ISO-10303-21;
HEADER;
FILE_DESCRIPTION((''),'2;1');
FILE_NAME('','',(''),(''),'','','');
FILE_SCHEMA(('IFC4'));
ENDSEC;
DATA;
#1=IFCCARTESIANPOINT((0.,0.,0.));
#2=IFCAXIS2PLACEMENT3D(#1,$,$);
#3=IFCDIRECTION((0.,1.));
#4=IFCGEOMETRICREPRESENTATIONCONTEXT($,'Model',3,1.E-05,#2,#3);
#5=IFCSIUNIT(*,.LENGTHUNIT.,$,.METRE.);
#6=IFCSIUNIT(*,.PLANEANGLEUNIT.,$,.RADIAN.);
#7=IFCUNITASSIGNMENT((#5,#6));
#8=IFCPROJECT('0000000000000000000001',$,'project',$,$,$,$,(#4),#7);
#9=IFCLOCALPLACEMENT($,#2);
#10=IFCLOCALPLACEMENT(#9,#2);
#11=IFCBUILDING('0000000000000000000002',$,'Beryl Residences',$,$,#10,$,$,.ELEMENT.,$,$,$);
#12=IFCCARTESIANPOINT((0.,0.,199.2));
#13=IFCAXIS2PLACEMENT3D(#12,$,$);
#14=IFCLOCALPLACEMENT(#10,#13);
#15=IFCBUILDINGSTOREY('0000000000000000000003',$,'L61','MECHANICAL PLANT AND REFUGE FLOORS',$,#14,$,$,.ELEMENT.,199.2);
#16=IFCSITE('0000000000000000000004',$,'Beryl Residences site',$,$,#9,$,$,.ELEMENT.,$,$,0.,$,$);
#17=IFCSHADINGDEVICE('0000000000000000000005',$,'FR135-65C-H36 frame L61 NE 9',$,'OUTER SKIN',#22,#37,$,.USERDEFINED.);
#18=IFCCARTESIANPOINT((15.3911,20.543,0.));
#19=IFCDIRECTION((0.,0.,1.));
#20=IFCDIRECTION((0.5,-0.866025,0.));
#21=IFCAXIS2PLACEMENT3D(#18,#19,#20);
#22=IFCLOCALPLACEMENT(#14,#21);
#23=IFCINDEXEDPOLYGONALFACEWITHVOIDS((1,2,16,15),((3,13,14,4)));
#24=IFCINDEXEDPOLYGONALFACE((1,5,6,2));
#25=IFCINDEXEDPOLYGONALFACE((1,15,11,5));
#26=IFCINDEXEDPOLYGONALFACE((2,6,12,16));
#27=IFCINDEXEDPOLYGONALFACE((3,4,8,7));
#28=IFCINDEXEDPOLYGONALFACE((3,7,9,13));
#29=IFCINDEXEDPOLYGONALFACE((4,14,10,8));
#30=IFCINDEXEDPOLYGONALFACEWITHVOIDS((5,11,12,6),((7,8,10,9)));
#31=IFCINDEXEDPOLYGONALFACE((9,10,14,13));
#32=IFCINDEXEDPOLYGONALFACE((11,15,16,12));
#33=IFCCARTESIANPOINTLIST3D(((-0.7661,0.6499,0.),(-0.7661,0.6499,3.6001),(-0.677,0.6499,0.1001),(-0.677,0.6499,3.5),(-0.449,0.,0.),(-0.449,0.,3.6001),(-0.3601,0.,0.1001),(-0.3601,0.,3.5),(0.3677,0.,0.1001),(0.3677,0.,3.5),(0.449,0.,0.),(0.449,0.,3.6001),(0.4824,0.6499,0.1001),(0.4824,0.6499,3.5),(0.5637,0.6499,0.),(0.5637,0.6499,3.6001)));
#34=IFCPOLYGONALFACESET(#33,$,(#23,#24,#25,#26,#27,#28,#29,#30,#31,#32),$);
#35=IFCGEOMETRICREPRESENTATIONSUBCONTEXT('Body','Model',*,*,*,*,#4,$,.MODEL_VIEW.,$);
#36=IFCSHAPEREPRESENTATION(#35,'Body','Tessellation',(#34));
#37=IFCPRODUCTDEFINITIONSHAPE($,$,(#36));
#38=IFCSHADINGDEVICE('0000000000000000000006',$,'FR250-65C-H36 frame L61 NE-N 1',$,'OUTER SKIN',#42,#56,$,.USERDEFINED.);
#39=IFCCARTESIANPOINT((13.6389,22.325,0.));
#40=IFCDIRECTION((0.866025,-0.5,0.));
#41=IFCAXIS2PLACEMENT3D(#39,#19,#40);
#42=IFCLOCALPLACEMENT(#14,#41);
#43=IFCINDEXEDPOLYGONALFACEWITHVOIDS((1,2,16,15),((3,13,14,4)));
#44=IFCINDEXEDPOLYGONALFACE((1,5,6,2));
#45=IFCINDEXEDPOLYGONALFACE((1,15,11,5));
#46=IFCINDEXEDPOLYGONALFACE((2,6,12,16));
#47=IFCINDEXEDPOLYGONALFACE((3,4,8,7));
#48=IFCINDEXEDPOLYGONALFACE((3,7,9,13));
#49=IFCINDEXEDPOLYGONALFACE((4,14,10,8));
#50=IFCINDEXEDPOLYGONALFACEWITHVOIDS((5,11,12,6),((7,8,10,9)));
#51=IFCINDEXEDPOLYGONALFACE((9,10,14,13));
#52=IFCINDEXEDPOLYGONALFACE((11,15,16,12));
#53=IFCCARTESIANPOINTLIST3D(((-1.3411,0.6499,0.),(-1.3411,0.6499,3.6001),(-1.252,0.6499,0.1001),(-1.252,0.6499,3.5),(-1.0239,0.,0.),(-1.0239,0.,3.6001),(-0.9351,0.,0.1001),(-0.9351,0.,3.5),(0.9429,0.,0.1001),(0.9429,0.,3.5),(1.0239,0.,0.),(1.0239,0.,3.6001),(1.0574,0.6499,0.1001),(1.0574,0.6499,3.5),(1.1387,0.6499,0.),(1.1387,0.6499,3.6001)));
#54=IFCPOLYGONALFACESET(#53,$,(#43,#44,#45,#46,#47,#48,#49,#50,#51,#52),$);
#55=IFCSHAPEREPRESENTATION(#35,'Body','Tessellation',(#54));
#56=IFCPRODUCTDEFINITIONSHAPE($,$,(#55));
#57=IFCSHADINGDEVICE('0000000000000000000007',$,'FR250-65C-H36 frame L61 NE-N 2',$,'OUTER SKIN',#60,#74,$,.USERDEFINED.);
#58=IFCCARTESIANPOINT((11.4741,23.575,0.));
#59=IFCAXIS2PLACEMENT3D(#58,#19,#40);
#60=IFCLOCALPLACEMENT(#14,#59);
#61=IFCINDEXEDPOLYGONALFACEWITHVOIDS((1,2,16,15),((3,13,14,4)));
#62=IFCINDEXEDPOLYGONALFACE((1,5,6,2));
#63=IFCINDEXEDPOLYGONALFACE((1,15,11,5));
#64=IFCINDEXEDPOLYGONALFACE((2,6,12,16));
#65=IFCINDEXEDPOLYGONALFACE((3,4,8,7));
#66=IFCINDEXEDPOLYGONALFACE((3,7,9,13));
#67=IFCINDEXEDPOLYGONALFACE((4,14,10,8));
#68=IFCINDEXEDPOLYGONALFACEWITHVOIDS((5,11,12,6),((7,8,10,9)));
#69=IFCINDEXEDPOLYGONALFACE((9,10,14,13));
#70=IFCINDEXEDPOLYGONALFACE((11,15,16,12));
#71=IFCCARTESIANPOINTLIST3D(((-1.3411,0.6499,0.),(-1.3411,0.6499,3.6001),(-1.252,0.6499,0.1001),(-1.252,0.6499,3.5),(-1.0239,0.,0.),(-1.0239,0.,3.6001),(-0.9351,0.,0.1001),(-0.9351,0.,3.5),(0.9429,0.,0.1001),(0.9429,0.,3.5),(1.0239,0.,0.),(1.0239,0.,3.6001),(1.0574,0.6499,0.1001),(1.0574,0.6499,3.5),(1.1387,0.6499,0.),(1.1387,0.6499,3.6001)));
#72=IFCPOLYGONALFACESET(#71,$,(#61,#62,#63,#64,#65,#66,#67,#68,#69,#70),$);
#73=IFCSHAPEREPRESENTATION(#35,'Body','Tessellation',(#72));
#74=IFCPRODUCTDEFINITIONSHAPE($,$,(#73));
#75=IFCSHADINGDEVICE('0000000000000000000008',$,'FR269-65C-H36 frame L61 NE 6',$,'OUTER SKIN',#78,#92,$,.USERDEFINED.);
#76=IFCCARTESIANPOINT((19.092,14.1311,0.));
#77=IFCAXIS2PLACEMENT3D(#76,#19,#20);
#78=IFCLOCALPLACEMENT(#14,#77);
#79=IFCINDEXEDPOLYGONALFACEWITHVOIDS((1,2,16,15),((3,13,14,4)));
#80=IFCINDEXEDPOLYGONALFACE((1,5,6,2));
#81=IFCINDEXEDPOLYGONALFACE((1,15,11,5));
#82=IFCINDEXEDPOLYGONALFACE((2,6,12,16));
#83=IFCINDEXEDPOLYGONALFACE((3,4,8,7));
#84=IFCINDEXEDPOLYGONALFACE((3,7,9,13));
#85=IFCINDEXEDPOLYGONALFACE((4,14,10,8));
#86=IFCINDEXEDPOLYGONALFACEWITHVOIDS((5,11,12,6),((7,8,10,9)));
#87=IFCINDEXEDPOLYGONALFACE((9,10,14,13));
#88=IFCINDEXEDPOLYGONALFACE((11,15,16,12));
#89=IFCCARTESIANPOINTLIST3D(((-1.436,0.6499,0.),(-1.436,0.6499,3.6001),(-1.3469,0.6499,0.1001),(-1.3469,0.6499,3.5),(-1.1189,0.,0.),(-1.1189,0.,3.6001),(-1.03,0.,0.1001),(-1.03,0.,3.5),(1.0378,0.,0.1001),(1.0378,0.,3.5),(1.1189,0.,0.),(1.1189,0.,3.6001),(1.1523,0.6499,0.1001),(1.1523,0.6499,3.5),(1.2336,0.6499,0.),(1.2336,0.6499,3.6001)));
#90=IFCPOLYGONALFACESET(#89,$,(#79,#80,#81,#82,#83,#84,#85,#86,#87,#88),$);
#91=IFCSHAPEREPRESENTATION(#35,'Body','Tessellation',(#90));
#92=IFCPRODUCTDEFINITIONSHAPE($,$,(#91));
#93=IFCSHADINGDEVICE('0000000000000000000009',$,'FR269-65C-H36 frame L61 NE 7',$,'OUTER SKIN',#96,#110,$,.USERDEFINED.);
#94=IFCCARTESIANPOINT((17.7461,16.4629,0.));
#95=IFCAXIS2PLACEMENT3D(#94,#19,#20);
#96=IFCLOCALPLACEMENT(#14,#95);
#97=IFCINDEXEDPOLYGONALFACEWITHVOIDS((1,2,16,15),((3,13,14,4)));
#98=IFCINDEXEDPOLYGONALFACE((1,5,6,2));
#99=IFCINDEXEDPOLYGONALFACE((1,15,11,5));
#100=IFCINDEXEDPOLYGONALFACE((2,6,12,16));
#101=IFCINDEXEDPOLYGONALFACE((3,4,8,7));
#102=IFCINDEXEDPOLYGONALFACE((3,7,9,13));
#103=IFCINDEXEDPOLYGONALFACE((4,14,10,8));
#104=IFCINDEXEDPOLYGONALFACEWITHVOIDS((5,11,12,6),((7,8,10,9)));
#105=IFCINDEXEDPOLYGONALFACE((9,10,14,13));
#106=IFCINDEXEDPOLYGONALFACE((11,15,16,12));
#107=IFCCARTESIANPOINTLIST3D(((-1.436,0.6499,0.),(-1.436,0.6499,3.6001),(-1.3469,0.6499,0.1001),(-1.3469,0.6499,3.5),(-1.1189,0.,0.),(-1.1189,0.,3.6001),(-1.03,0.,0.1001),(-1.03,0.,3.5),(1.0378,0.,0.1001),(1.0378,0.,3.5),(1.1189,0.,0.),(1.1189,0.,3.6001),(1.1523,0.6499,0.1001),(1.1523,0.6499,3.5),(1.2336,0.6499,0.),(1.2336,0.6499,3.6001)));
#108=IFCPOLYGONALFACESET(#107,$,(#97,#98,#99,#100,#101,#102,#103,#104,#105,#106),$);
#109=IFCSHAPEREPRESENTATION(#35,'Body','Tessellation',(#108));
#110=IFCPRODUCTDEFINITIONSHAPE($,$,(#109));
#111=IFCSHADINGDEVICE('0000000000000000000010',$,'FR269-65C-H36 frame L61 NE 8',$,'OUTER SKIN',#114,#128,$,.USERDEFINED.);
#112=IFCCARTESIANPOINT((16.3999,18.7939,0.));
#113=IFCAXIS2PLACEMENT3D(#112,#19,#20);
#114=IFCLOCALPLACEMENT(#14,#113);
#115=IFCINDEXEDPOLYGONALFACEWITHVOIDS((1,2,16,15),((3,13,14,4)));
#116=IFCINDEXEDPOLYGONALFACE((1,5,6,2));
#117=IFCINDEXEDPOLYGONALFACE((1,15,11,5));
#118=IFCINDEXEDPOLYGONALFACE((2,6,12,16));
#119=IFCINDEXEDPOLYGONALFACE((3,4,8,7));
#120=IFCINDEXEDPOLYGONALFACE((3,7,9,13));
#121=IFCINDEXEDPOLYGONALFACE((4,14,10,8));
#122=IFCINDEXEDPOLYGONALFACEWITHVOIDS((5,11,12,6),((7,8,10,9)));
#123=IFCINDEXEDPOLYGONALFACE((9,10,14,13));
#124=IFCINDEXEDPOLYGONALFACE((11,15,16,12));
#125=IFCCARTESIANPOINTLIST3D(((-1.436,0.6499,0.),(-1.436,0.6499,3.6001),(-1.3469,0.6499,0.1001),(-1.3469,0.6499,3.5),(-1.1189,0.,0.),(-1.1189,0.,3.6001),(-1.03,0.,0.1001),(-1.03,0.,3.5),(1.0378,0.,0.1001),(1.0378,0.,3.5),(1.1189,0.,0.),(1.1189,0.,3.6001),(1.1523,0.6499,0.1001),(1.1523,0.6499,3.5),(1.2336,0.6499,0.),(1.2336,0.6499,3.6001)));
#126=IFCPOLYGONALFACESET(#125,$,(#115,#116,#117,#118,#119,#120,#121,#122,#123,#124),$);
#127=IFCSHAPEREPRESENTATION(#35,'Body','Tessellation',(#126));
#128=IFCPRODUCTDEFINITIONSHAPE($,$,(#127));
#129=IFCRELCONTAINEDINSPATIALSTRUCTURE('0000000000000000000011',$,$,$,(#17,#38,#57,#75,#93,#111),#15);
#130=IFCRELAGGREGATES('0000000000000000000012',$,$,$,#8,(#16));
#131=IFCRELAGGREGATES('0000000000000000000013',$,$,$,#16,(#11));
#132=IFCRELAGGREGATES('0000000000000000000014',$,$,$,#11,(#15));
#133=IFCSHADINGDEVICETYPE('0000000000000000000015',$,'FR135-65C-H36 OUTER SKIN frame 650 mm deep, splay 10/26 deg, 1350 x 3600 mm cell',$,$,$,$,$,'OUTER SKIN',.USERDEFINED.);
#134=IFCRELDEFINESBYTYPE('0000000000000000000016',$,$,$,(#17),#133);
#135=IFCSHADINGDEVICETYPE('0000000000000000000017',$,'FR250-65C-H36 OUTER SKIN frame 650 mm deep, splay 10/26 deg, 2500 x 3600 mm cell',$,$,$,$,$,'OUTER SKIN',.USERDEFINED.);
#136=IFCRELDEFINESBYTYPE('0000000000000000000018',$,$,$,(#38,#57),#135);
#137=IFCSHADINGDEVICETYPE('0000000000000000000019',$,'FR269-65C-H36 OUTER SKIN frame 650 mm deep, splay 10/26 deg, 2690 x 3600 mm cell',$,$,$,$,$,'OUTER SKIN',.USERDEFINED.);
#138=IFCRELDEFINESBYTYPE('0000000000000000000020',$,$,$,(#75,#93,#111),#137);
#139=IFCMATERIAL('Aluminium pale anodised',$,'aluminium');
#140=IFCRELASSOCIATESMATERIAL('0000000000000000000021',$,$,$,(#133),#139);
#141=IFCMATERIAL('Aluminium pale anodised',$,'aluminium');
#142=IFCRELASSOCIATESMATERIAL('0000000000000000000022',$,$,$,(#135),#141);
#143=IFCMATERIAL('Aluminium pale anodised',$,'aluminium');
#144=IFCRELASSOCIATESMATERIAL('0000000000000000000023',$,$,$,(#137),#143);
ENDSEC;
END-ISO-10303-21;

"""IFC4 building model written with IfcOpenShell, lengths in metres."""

from ifc_helpers import new_model, entity, si_unit, direction, frame, origin, place, context, subcontext, project, spatial, source, transform, mapped, material, type_object, type_shapes, element, save


model = new_model("IFC4")

# Units and contexts
model_context = context("Model", 3, precision=1e-05, world=origin(), true_north=direction((0.0, 1.0)))
body_context = subcontext(model_context, "Body", "Model", "MODEL_VIEW")
ifc_project = project(units=[si_unit("LENGTHUNIT", "METRE"), si_unit("PLANEANGLEUNIT", "RADIAN")], contexts=[model_context])

# Site, building, storey
site_placement = place(None, origin())
site = spatial("IfcSite", under=ifc_project, at=site_placement, Name="Beryl Residences site", CompositionType="ELEMENT", RefElevation=0.0)
building_placement = place(site_placement, origin())
building = spatial("IfcBuilding", under=site, at=building_placement, Name="Beryl Residences", CompositionType="ELEMENT")
storey_placement = place(building_placement, frame((0.0, 0.0, 199.2)))
storey = spatial("IfcBuildingStorey", under=building, at=storey_placement, Name="L61", Description="MECHANICAL PLANT AND REFUGE FLOORS", CompositionType="ELEMENT", Elevation=199.2)

# Shading devices
ifc_material_1 = material(Name="Aluminium pale anodised", Category="aluminium")
shading_device_type_1 = type_object("IfcShadingDeviceType", Name="FR135-65C-H36 OUTER SKIN frame 650 mm deep, splay 10/26 deg, 1350 x 3600 mm cell", ElementType="OUTER SKIN", PredefinedType="USERDEFINED", material=ifc_material_1)
cartesian_point_1 = entity("IfcCartesianPoint", [-0.449, 0.0])
cartesian_point_2 = entity("IfcCartesianPoint", [-0.3677, 0.1001])
cartesian_point_3 = entity("IfcCartesianPoint", [-0.5637, 0.0])
cartesian_point_4 = entity("IfcCartesianPoint", [-0.4824, 0.1001])
shared_shape_1 = source(origin(), body_context, "Body", "SweptSolid", [
    entity("IfcExtrudedAreaSolidTapered", entity("IfcArbitraryProfileDefWithVoids", "AREA", None, entity("IfcPolyline", [cartesian_point_1, entity("IfcCartesianPoint", [0.449, 0.0]), entity("IfcCartesianPoint", [0.449, 3.6001]), entity("IfcCartesianPoint", [-0.449, 3.6001]), cartesian_point_1]), [entity("IfcPolyline", [cartesian_point_2, entity("IfcCartesianPoint", [0.3601, 0.1001]), entity("IfcCartesianPoint", [0.3601, 3.5]), entity("IfcCartesianPoint", [-0.3677, 3.5]), cartesian_point_2])]), entity("IfcAxis2Placement3D", entity("IfcCartesianPoint", [0.0, 0.0, 0.0]), entity("IfcDirection", [0.0, 1.0, 0.0]), entity("IfcDirection", [-1.0, 0.0, 0.0])), entity("IfcDirection", [0.0, 0.0, 1.0]), 0.6499, entity("IfcArbitraryProfileDefWithVoids", "AREA", None, entity("IfcPolyline", [cartesian_point_3, entity("IfcCartesianPoint", [0.7661, 0.0]), entity("IfcCartesianPoint", [0.7661, 3.6001]), entity("IfcCartesianPoint", [-0.5637, 3.6001]), cartesian_point_3]), [entity("IfcPolyline", [cartesian_point_4, entity("IfcCartesianPoint", [0.677, 0.1001]), entity("IfcCartesianPoint", [0.677, 3.5]), entity("IfcCartesianPoint", [-0.4824, 3.5]), cartesian_point_4])])),
])
type_shapes(shading_device_type_1, [shared_shape_1])
shading_device_placement = place(storey_placement, frame((15.3911, 20.543, 0.0), z_axis=(0.0, 0.0, 1.0), x_axis=(0.5, -0.866025, 0.0)))
element("IfcShadingDevice", 1, at=shading_device_placement, inside=storey, type_object=shading_device_type_1, Name="FR135-65C-H36 frame L61 NE 9", ObjectType="OUTER SKIN", PredefinedType="USERDEFINED", context=body_context, shape_type="MappedRepresentation", body=[
    mapped(shared_shape_1, transform((0.0, 0.0, 0.0))),
])
ifc_material_2 = material(Name="Aluminium pale anodised", Category="aluminium")
shading_device_type_2 = type_object("IfcShadingDeviceType", Name="FR250-65C-H36 OUTER SKIN frame 650 mm deep, splay 10/26 deg, 2500 x 3600 mm cell", ElementType="OUTER SKIN", PredefinedType="USERDEFINED", material=ifc_material_2)
cartesian_point_5 = entity("IfcCartesianPoint", [-1.0239, 0.0])
cartesian_point_6 = entity("IfcCartesianPoint", [-0.9429, 0.1001])
cartesian_point_7 = entity("IfcCartesianPoint", [-1.1387, 0.0])
cartesian_point_8 = entity("IfcCartesianPoint", [-1.0574, 0.1001])
shared_shape_2 = source(origin(), body_context, "Body", "SweptSolid", [
    entity("IfcExtrudedAreaSolidTapered", entity("IfcArbitraryProfileDefWithVoids", "AREA", None, entity("IfcPolyline", [cartesian_point_5, entity("IfcCartesianPoint", [1.0239, 0.0]), entity("IfcCartesianPoint", [1.0239, 3.6001]), entity("IfcCartesianPoint", [-1.0239, 3.6001]), cartesian_point_5]), [entity("IfcPolyline", [cartesian_point_6, entity("IfcCartesianPoint", [0.9351, 0.1001]), entity("IfcCartesianPoint", [0.9351, 3.5]), entity("IfcCartesianPoint", [-0.9429, 3.5]), cartesian_point_6])]), entity("IfcAxis2Placement3D", entity("IfcCartesianPoint", [0.0, 0.0, 0.0]), entity("IfcDirection", [0.0, 1.0, 0.0]), entity("IfcDirection", [-1.0, 0.0, 0.0])), entity("IfcDirection", [0.0, 0.0, 1.0]), 0.6499, entity("IfcArbitraryProfileDefWithVoids", "AREA", None, entity("IfcPolyline", [cartesian_point_7, entity("IfcCartesianPoint", [1.3411, 0.0]), entity("IfcCartesianPoint", [1.3411, 3.6001]), entity("IfcCartesianPoint", [-1.1387, 3.6001]), cartesian_point_7]), [entity("IfcPolyline", [cartesian_point_8, entity("IfcCartesianPoint", [1.252, 0.1001]), entity("IfcCartesianPoint", [1.252, 3.5]), entity("IfcCartesianPoint", [-1.0574, 3.5]), cartesian_point_8])])),
])
type_shapes(shading_device_type_2, [shared_shape_2])
for number, where, z_axis, x_axis, name in (
    (2, (13.6389, 22.325, 0.0), (0.0, 0.0, 1.0), (0.866025, -0.5, 0.0), "FR250-65C-H36 frame L61 NE-N 1"),
    (3, (11.4741, 23.575, 0.0), (0.0, 0.0, 1.0), (0.866025, -0.5, 0.0), "FR250-65C-H36 frame L61 NE-N 2"),
):
    element("IfcShadingDevice", number, at=place(storey_placement, frame(where, z_axis=z_axis, x_axis=x_axis)), inside=storey, type_object=shading_device_type_2, Name=name, ObjectType="OUTER SKIN", PredefinedType="USERDEFINED", context=body_context, shape_type="MappedRepresentation", body=[
        mapped(shared_shape_2, transform((0.0, 0.0, 0.0))),
    ])
ifc_material_3 = material(Name="Aluminium pale anodised", Category="aluminium")
shading_device_type_3 = type_object("IfcShadingDeviceType", Name="FR269-65C-H36 OUTER SKIN frame 650 mm deep, splay 10/26 deg, 2690 x 3600 mm cell", ElementType="OUTER SKIN", PredefinedType="USERDEFINED", material=ifc_material_3)
cartesian_point_9 = entity("IfcCartesianPoint", [-1.1189, 0.0])
cartesian_point_10 = entity("IfcCartesianPoint", [-1.0378, 0.1001])
cartesian_point_11 = entity("IfcCartesianPoint", [-1.2336, 0.0])
cartesian_point_12 = entity("IfcCartesianPoint", [-1.1523, 0.1001])
shared_shape_3 = source(origin(), body_context, "Body", "SweptSolid", [
    entity("IfcExtrudedAreaSolidTapered", entity("IfcArbitraryProfileDefWithVoids", "AREA", None, entity("IfcPolyline", [cartesian_point_9, entity("IfcCartesianPoint", [1.1189, 0.0]), entity("IfcCartesianPoint", [1.1189, 3.6001]), entity("IfcCartesianPoint", [-1.1189, 3.6001]), cartesian_point_9]), [entity("IfcPolyline", [cartesian_point_10, entity("IfcCartesianPoint", [1.03, 0.1001]), entity("IfcCartesianPoint", [1.03, 3.5]), entity("IfcCartesianPoint", [-1.0378, 3.5]), cartesian_point_10])]), entity("IfcAxis2Placement3D", entity("IfcCartesianPoint", [0.0, 0.0, 0.0]), entity("IfcDirection", [0.0, 1.0, 0.0]), entity("IfcDirection", [-1.0, 0.0, 0.0])), entity("IfcDirection", [0.0, 0.0, 1.0]), 0.6499, entity("IfcArbitraryProfileDefWithVoids", "AREA", None, entity("IfcPolyline", [cartesian_point_11, entity("IfcCartesianPoint", [1.436, 0.0]), entity("IfcCartesianPoint", [1.436, 3.6001]), entity("IfcCartesianPoint", [-1.2336, 3.6001]), cartesian_point_11]), [entity("IfcPolyline", [cartesian_point_12, entity("IfcCartesianPoint", [1.3469, 0.1001]), entity("IfcCartesianPoint", [1.3469, 3.5]), entity("IfcCartesianPoint", [-1.1523, 3.5]), cartesian_point_12])])),
])
type_shapes(shading_device_type_3, [shared_shape_3])
for number, where, z_axis, x_axis, name in (
    (4, (19.092, 14.1311, 0.0), (0.0, 0.0, 1.0), (0.5, -0.866025, 0.0), "FR269-65C-H36 frame L61 NE 6"),
    (5, (17.7461, 16.4629, 0.0), (0.0, 0.0, 1.0), (0.5, -0.866025, 0.0), "FR269-65C-H36 frame L61 NE 7"),
    (6, (16.3999, 18.7939, 0.0), (0.0, 0.0, 1.0), (0.5, -0.866025, 0.0), "FR269-65C-H36 frame L61 NE 8"),
):
    element("IfcShadingDevice", number, at=place(storey_placement, frame(where, z_axis=z_axis, x_axis=x_axis)), inside=storey, type_object=shading_device_type_3, Name=name, ObjectType="OUTER SKIN", PredefinedType="USERDEFINED", context=body_context, shape_type="MappedRepresentation", body=[
        mapped(shared_shape_3, transform((0.0, 0.0, 0.0))),
    ])

save(model, "model.ifc")
